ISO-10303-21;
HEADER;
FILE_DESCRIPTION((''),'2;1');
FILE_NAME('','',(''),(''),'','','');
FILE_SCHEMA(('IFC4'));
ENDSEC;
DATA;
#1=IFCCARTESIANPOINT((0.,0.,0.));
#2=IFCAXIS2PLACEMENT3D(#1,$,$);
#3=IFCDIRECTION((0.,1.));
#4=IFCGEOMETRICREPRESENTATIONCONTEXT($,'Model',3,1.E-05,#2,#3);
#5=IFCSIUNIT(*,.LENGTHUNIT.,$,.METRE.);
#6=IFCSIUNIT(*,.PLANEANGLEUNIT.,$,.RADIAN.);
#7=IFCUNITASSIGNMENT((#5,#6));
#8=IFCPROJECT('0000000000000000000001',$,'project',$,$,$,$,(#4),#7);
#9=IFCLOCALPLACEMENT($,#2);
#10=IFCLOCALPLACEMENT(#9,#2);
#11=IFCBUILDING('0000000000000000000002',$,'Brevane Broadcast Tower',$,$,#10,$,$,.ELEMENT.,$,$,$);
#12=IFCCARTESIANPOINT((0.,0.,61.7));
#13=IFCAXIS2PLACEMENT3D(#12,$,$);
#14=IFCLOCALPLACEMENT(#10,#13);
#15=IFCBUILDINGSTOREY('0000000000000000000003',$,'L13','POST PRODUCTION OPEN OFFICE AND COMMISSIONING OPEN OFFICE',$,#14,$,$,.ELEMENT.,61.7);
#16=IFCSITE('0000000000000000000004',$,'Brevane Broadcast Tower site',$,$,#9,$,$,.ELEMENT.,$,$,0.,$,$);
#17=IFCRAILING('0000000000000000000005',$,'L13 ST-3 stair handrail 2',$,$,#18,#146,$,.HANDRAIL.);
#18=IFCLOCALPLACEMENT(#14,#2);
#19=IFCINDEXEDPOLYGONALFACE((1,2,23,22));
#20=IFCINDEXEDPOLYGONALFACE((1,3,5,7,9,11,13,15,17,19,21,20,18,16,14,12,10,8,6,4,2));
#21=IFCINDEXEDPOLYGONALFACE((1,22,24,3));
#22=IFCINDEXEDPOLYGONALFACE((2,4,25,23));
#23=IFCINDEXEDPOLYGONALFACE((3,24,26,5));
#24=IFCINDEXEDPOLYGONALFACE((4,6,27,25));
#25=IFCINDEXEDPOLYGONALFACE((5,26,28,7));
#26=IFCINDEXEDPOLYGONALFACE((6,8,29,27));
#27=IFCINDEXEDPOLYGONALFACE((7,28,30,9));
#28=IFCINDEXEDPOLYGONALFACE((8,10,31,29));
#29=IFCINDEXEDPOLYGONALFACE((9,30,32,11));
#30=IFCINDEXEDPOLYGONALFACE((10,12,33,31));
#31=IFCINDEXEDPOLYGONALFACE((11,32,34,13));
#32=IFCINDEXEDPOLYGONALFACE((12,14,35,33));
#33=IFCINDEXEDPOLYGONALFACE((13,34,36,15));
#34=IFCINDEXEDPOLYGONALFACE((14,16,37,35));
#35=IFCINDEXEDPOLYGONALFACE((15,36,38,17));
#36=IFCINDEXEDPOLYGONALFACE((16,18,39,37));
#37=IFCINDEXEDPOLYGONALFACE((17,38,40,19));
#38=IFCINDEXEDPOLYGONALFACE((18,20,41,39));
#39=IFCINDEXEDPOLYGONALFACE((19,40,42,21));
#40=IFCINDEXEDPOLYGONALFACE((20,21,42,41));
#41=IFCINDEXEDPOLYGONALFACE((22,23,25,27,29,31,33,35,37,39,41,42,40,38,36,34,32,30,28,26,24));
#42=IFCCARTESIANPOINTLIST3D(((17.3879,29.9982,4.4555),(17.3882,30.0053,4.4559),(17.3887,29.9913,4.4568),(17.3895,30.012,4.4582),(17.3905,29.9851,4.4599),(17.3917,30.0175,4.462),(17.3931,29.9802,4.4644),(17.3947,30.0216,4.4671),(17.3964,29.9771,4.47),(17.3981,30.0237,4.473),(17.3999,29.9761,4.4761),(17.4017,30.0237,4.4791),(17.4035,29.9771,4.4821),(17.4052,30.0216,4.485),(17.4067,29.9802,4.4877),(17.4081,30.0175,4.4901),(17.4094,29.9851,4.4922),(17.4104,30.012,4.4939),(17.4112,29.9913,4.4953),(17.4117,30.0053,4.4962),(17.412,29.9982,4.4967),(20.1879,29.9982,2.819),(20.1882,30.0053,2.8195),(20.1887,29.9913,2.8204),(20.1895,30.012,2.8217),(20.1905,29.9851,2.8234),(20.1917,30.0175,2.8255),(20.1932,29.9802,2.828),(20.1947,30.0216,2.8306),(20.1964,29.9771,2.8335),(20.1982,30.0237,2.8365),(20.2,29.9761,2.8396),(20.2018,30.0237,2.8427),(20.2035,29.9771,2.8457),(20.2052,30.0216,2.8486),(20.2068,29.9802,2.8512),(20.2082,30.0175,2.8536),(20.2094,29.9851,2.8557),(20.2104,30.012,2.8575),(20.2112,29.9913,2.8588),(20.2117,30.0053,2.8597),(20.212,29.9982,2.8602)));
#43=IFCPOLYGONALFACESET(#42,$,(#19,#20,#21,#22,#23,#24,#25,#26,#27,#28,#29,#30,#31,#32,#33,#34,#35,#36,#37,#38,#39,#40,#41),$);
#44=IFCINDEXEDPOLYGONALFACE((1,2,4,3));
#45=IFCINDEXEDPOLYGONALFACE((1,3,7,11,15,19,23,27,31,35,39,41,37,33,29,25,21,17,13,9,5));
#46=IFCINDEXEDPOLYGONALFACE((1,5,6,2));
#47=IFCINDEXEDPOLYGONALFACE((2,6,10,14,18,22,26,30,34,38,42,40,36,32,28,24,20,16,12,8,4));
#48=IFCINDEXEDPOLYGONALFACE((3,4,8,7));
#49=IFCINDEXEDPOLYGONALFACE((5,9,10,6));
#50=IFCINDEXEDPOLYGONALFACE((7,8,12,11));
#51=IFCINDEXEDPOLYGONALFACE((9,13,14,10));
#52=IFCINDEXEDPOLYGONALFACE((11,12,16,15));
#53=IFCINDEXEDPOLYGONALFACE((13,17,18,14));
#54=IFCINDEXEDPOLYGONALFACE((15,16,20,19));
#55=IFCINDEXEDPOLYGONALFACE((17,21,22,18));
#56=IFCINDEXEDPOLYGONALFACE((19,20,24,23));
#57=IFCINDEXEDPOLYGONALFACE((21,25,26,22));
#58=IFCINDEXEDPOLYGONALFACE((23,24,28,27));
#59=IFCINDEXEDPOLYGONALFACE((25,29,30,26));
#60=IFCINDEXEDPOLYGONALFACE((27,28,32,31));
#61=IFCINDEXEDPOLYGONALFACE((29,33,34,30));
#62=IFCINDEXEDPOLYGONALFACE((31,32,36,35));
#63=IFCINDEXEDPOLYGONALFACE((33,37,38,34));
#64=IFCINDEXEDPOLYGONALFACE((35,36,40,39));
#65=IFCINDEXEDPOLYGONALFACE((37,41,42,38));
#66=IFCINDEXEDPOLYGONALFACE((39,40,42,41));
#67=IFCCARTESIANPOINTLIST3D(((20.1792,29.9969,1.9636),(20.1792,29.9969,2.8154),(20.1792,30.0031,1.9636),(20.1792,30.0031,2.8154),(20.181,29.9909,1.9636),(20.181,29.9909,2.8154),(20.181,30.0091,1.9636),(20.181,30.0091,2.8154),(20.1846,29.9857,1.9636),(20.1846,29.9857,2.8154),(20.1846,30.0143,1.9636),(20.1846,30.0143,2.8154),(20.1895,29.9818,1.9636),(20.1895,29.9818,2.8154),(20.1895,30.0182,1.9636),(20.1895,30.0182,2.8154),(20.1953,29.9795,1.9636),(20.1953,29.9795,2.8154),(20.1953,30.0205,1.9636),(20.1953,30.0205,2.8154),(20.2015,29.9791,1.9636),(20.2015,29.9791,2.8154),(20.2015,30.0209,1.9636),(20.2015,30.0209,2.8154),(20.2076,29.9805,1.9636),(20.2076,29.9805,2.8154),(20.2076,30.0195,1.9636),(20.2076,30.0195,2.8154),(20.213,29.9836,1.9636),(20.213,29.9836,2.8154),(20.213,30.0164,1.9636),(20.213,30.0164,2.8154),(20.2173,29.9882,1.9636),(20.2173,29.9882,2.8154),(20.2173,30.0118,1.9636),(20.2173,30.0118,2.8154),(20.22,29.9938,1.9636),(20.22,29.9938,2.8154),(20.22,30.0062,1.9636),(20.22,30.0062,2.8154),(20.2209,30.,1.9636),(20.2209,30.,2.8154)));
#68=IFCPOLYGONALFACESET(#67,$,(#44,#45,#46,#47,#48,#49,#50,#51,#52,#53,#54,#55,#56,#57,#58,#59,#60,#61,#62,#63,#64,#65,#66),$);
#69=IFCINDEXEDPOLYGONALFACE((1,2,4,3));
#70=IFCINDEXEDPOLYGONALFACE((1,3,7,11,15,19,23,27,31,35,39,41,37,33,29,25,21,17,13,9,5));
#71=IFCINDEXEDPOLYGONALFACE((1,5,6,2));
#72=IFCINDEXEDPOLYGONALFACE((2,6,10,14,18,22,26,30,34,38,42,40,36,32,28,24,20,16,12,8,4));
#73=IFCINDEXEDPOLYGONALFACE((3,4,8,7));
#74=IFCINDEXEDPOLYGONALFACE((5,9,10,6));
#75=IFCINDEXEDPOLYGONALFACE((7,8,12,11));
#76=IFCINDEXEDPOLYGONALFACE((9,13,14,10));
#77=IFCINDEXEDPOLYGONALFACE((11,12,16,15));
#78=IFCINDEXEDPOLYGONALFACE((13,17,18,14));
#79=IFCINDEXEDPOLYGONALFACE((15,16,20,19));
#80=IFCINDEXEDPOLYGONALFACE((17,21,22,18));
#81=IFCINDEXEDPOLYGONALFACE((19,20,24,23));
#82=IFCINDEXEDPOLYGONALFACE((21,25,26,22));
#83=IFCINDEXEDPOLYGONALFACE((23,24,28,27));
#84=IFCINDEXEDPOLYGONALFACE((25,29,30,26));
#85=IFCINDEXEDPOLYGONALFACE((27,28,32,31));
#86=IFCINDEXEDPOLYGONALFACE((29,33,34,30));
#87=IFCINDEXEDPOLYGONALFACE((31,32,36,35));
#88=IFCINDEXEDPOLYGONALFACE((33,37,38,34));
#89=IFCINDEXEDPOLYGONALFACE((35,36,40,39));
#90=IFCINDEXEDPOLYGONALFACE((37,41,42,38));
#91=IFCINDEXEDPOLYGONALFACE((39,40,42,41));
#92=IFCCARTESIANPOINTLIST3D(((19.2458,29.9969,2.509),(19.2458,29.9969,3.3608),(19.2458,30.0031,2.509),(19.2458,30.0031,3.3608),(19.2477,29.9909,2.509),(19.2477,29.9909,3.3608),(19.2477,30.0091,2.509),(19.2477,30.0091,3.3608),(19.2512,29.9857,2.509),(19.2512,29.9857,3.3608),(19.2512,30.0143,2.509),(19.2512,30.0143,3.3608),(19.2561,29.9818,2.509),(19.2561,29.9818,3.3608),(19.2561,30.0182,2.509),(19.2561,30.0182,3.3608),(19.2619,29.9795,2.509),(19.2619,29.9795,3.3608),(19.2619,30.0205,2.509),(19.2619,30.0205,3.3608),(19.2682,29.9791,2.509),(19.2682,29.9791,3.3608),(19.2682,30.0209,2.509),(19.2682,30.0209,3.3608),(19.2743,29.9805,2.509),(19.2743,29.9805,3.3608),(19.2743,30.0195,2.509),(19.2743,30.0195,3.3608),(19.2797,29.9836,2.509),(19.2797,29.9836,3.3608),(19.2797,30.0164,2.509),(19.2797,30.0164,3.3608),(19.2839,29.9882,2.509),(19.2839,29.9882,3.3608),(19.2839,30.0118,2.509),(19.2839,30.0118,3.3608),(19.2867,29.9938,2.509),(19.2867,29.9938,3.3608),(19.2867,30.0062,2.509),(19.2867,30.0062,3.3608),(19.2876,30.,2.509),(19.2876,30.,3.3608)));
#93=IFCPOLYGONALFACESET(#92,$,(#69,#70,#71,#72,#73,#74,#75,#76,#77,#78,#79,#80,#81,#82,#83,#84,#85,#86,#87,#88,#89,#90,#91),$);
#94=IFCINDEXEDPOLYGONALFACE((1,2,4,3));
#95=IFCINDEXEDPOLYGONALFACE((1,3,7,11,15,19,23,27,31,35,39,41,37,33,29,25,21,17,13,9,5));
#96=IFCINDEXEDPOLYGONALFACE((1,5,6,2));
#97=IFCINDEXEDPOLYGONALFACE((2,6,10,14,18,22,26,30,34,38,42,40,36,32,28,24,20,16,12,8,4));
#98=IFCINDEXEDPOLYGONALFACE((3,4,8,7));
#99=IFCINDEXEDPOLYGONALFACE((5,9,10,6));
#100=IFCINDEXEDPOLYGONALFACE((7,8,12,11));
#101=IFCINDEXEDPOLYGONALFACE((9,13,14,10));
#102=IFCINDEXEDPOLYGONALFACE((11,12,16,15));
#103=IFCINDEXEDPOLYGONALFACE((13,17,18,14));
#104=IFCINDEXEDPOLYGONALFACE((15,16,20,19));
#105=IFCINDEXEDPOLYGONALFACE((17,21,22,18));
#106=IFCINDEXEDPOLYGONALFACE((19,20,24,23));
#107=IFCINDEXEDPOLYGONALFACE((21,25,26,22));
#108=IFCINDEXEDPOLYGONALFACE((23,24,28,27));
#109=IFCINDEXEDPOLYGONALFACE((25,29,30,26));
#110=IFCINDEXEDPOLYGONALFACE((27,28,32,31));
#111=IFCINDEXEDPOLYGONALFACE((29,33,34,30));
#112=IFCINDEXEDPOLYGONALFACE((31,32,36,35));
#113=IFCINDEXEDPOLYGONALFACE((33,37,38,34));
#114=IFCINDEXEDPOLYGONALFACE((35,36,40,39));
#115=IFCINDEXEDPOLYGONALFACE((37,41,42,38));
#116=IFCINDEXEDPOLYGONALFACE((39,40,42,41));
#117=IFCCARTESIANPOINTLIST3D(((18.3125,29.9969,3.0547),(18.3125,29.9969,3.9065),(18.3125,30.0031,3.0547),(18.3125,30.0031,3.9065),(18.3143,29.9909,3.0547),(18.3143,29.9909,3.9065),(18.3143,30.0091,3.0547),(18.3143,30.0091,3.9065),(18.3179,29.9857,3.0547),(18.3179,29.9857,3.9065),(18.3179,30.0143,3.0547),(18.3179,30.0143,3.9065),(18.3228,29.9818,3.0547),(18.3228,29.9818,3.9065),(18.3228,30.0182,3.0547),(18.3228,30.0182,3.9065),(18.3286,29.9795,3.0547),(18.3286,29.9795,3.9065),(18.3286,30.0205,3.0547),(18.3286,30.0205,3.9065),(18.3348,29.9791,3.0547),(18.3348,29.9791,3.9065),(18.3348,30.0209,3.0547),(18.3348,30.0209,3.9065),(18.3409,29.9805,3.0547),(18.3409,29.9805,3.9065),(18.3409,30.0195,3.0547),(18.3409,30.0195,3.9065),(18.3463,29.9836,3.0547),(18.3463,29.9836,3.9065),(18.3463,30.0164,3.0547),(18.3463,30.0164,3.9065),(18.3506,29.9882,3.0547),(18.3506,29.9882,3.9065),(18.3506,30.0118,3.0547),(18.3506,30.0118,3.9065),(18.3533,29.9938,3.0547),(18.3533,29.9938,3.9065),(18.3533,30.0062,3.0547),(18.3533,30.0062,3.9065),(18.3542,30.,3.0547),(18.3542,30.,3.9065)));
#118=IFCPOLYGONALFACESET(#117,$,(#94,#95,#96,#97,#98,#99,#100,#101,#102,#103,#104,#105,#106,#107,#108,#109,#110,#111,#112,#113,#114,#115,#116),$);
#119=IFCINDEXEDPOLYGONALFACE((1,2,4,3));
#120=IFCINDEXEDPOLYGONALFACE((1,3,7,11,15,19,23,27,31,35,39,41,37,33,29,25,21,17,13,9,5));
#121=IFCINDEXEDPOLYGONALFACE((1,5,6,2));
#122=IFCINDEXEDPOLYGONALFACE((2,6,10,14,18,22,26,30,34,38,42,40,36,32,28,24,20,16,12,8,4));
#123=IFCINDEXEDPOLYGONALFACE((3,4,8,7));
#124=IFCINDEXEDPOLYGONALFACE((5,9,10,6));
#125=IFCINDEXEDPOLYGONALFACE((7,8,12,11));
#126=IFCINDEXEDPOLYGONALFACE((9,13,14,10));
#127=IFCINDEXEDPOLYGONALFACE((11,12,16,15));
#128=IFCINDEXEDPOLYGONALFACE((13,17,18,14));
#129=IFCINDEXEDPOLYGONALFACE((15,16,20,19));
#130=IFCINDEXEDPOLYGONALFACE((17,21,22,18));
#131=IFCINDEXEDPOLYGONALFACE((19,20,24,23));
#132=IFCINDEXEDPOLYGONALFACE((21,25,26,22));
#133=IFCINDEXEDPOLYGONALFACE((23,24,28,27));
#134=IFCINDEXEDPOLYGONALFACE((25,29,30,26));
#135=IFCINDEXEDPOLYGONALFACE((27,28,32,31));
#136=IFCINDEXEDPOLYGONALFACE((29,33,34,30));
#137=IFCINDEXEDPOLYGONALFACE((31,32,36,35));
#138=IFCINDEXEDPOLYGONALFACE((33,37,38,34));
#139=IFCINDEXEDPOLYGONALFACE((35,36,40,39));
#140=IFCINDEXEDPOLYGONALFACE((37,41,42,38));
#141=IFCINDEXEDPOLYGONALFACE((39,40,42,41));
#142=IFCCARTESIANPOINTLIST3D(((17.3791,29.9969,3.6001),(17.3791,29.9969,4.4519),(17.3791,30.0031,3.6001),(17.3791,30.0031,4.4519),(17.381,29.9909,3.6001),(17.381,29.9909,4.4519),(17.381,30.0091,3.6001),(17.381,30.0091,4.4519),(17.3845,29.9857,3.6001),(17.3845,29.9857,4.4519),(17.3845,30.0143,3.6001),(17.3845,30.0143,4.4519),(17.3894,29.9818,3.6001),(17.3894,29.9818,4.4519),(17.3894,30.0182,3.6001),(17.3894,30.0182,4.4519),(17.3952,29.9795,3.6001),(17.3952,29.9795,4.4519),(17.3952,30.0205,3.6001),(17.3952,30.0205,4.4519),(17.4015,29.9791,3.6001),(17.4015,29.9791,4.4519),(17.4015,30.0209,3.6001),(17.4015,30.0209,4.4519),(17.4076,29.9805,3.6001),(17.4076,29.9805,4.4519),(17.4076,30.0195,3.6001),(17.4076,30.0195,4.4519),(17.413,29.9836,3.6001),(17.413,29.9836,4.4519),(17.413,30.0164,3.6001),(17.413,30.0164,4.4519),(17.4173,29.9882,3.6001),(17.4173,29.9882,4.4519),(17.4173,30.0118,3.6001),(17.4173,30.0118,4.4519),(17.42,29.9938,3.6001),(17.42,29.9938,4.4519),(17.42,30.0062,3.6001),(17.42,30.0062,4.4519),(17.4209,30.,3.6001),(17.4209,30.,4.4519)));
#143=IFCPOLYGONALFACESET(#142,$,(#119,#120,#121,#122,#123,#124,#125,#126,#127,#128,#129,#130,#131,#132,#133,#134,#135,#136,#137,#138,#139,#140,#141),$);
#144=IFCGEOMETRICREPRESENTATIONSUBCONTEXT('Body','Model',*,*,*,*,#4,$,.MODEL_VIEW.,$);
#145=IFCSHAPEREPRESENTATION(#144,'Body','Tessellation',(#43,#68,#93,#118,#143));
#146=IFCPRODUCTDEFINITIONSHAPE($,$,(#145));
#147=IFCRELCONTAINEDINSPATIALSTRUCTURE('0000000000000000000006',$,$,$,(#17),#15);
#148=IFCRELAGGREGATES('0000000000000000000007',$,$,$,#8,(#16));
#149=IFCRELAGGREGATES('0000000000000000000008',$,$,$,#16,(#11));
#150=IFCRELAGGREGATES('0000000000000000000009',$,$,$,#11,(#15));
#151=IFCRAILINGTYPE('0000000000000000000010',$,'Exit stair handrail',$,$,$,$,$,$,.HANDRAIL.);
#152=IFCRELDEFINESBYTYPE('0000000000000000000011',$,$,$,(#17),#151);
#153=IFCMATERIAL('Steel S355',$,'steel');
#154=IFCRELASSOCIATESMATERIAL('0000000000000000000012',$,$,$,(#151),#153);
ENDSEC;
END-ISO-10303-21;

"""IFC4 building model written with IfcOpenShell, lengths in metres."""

from ifc_helpers import new_model, si_unit, direction, frame, origin, origin_2d, place, context, subcontext, project, spatial, circle, extrude, material, type_object, element, save


model = new_model("IFC4")

# Units and contexts
model_context = context("Model", 3, precision=1e-05, world=origin(), true_north=direction((0.0, 1.0)))
body_context = subcontext(model_context, "Body", "Model", "MODEL_VIEW")
ifc_project = project(units=[si_unit("LENGTHUNIT", "METRE"), si_unit("PLANEANGLEUNIT", "RADIAN")], contexts=[model_context])

# Site, building, storey
site_placement = place(None, origin())
site = spatial("IfcSite", under=ifc_project, at=site_placement, Name="Brevane Broadcast Tower site", CompositionType="ELEMENT", RefElevation=0.0)
building_placement = place(site_placement, origin())
building = spatial("IfcBuilding", under=site, at=building_placement, Name="Brevane Broadcast Tower", CompositionType="ELEMENT")
storey_placement = place(building_placement, frame((0.0, 0.0, 61.7)))
storey = spatial("IfcBuildingStorey", under=building, at=storey_placement, Name="L13", Description="POST PRODUCTION OPEN OFFICE AND COMMISSIONING OPEN OFFICE", CompositionType="ELEMENT", Elevation=61.7)

# Railing
ifc_material_1 = material(Name="Steel S355", Category="steel")
railing_type_1 = type_object("IfcRailingType", Name="Exit stair handrail", PredefinedType="HANDRAIL", material=ifc_material_1)
railing_1_placement = place(storey_placement, frame((20.2, 30.0, 1.9636)))
element("IfcRailing", 1, at=railing_1_placement, inside=storey, type_object=railing_type_1, Name="L13 ST-3 stair handrail 2", PredefinedType="HANDRAIL", context=body_context, shape_type="SweptSolid", body=[
    extrude(circle(Radius=0.0239, at=origin_2d()), frame((0.0, 0.0, 0.876), z_axis=(-0.863361, 0.0, 0.504587), x_axis=(0.0, -1.0, 0.0)), (0.0, 0.0, 1.0), 3.2432),
    extrude(circle(Radius=0.021, at=origin_2d()), origin(), (0.0, 0.0, 1.0), 0.8518),
    extrude(circle(Radius=0.021, at=origin_2d()), frame((-0.9333, 0.0, 0.5454)), (0.0, 0.0, 1.0), 0.8518),
    extrude(circle(Radius=0.021, at=origin_2d()), frame((-1.8667, 0.0, 1.0911)), (0.0, 0.0, 1.0), 0.8518),
    extrude(circle(Radius=0.021, at=origin_2d()), frame((-2.8, 0.0, 1.6365)), (0.0, 0.0, 1.0), 0.8518),
])

save(model, "model.ifc")
